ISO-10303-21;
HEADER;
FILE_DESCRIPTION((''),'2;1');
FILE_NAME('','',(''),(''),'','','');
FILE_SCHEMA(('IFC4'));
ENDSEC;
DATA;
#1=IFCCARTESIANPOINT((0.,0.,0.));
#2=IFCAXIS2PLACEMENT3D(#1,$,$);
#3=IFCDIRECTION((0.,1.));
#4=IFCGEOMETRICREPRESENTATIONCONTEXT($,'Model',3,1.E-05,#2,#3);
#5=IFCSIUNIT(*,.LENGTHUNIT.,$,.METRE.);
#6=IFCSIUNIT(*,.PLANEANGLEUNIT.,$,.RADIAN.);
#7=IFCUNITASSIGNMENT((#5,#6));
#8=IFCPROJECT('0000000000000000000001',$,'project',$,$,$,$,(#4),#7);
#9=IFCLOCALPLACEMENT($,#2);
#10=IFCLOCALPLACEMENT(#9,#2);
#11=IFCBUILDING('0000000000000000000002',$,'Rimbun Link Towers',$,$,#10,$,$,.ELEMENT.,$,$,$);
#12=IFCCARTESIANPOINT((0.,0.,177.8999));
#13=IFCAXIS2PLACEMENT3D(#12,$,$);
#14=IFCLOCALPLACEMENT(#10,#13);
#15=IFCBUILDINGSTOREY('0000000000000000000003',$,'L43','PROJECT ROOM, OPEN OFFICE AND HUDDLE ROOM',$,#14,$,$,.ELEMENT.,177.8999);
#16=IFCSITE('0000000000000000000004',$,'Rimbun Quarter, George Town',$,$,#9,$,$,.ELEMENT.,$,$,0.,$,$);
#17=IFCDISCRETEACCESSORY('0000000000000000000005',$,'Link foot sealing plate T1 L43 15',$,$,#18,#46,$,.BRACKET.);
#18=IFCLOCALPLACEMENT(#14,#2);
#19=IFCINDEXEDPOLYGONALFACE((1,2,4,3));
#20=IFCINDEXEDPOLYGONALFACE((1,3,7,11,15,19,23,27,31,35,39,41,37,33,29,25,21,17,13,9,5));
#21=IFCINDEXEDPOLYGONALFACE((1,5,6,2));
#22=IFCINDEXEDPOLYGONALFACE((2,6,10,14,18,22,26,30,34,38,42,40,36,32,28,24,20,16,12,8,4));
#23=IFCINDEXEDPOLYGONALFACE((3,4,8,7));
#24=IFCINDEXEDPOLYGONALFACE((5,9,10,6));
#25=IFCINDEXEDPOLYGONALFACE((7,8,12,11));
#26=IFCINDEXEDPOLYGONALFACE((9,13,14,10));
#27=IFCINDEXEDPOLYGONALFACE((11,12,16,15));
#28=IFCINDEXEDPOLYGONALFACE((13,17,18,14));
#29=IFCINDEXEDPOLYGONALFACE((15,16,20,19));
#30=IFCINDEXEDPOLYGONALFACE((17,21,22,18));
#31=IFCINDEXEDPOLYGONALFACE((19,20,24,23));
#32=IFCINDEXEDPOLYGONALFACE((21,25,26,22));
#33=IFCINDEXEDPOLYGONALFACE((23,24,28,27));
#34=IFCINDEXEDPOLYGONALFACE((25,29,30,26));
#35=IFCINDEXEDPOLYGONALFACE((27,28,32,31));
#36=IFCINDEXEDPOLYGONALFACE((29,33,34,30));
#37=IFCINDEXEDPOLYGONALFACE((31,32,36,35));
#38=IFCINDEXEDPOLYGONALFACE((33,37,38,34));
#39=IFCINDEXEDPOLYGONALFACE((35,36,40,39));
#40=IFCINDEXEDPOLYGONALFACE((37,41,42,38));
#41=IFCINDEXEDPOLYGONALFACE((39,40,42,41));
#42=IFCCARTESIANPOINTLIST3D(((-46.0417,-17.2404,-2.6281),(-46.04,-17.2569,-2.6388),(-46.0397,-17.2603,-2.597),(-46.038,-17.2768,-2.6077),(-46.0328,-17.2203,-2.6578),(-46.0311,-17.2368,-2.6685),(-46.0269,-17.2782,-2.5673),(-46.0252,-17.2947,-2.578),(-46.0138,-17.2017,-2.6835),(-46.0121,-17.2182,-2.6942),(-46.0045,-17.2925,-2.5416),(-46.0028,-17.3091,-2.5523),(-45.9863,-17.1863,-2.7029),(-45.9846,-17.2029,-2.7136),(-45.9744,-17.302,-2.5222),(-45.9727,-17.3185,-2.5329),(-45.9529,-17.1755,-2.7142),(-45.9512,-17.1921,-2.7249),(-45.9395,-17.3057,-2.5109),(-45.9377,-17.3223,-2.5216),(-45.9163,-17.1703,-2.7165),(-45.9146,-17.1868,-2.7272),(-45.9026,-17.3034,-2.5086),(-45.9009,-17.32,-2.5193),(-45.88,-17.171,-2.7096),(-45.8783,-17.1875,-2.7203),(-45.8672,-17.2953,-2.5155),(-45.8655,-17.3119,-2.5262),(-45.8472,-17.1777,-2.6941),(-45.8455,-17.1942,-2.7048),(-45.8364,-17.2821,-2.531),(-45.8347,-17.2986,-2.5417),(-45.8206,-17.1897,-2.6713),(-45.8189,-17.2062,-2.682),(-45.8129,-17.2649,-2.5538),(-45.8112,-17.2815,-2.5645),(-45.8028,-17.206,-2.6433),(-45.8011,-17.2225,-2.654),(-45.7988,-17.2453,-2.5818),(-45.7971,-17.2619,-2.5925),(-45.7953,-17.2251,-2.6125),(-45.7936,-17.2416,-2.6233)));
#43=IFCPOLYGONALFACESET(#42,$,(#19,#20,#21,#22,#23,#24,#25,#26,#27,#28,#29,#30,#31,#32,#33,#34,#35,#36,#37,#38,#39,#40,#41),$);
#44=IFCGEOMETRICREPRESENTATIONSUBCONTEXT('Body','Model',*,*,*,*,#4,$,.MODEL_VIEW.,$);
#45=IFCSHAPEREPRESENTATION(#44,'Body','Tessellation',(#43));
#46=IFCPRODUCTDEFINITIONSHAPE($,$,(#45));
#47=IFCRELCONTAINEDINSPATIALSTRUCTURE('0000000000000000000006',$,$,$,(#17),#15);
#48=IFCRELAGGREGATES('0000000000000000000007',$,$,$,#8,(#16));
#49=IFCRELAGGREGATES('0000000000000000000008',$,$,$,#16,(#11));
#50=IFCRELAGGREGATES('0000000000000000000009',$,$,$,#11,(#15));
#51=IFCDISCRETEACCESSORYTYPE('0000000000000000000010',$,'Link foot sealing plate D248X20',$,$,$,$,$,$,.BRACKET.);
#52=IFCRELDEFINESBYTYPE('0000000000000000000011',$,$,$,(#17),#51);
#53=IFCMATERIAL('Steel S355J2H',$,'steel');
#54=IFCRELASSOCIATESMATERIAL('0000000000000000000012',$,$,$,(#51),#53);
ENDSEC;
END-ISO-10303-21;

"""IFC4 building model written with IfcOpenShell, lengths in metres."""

from ifc_helpers import new_model, si_unit, direction, frame, origin, origin_2d, place, context, subcontext, project, spatial, circle, extrude, material, material_profile, profile_set, type_object, element, save


model = new_model("IFC4")

# Units and contexts
model_context = context("Model", 3, precision=1e-05, world=origin(), true_north=direction((0.0, 1.0)))
body_context = subcontext(model_context, "Body", "Model", "MODEL_VIEW")
ifc_project = project(units=[si_unit("LENGTHUNIT", "METRE"), si_unit("PLANEANGLEUNIT", "RADIAN")], contexts=[model_context])

# Site, building, storey
site_placement = place(None, origin())
site = spatial("IfcSite", under=ifc_project, at=site_placement, Name="Rimbun Quarter, George Town", CompositionType="ELEMENT", RefElevation=0.0)
building_placement = place(site_placement, origin())
building = spatial("IfcBuilding", under=site, at=building_placement, Name="Rimbun Link Towers", CompositionType="ELEMENT")
storey_placement = place(building_placement, frame((0.0, 0.0, 177.8999)))
storey = spatial("IfcBuildingStorey", under=building, at=storey_placement, Name="L43", Description="PROJECT ROOM, OPEN OFFICE AND HUDDLE ROOM", CompositionType="ELEMENT", Elevation=177.8999)

# Discrete accessory
ifc_material_1 = material(Name="Steel S355J2H", Category="steel")
ifc_material_profile_1 = material_profile(ifc_material_1, circle(Radius=0.124, at=origin_2d()), Name="PL D248")
ifc_profile_set_1 = profile_set([ifc_material_profile_1], Name="Steel S355J2H")
discrete_accessory_type = type_object("IfcDiscreteAccessoryType", Name="Link foot sealing plate D248X20", PredefinedType="BRACKET", material=ifc_profile_set_1)
discrete_accessory_placement = place(storey_placement, frame((-45.9187, -17.2378, -2.6125), z_axis=(0.086105, -0.836452, -0.541234), x_axis=(0.994743, 0.1024, 0.0)))
element("IfcDiscreteAccessory", 1, at=discrete_accessory_placement, inside=storey, type_object=discrete_accessory_type, Name="Link foot sealing plate T1 L43 15", PredefinedType="BRACKET", context=body_context, shape_type="SweptSolid", body=[
    extrude(circle(Radius=0.124, at=origin_2d()), origin(), (0.0, 0.0, 1.0), 0.0198),
])

save(model, "model.ifc")
